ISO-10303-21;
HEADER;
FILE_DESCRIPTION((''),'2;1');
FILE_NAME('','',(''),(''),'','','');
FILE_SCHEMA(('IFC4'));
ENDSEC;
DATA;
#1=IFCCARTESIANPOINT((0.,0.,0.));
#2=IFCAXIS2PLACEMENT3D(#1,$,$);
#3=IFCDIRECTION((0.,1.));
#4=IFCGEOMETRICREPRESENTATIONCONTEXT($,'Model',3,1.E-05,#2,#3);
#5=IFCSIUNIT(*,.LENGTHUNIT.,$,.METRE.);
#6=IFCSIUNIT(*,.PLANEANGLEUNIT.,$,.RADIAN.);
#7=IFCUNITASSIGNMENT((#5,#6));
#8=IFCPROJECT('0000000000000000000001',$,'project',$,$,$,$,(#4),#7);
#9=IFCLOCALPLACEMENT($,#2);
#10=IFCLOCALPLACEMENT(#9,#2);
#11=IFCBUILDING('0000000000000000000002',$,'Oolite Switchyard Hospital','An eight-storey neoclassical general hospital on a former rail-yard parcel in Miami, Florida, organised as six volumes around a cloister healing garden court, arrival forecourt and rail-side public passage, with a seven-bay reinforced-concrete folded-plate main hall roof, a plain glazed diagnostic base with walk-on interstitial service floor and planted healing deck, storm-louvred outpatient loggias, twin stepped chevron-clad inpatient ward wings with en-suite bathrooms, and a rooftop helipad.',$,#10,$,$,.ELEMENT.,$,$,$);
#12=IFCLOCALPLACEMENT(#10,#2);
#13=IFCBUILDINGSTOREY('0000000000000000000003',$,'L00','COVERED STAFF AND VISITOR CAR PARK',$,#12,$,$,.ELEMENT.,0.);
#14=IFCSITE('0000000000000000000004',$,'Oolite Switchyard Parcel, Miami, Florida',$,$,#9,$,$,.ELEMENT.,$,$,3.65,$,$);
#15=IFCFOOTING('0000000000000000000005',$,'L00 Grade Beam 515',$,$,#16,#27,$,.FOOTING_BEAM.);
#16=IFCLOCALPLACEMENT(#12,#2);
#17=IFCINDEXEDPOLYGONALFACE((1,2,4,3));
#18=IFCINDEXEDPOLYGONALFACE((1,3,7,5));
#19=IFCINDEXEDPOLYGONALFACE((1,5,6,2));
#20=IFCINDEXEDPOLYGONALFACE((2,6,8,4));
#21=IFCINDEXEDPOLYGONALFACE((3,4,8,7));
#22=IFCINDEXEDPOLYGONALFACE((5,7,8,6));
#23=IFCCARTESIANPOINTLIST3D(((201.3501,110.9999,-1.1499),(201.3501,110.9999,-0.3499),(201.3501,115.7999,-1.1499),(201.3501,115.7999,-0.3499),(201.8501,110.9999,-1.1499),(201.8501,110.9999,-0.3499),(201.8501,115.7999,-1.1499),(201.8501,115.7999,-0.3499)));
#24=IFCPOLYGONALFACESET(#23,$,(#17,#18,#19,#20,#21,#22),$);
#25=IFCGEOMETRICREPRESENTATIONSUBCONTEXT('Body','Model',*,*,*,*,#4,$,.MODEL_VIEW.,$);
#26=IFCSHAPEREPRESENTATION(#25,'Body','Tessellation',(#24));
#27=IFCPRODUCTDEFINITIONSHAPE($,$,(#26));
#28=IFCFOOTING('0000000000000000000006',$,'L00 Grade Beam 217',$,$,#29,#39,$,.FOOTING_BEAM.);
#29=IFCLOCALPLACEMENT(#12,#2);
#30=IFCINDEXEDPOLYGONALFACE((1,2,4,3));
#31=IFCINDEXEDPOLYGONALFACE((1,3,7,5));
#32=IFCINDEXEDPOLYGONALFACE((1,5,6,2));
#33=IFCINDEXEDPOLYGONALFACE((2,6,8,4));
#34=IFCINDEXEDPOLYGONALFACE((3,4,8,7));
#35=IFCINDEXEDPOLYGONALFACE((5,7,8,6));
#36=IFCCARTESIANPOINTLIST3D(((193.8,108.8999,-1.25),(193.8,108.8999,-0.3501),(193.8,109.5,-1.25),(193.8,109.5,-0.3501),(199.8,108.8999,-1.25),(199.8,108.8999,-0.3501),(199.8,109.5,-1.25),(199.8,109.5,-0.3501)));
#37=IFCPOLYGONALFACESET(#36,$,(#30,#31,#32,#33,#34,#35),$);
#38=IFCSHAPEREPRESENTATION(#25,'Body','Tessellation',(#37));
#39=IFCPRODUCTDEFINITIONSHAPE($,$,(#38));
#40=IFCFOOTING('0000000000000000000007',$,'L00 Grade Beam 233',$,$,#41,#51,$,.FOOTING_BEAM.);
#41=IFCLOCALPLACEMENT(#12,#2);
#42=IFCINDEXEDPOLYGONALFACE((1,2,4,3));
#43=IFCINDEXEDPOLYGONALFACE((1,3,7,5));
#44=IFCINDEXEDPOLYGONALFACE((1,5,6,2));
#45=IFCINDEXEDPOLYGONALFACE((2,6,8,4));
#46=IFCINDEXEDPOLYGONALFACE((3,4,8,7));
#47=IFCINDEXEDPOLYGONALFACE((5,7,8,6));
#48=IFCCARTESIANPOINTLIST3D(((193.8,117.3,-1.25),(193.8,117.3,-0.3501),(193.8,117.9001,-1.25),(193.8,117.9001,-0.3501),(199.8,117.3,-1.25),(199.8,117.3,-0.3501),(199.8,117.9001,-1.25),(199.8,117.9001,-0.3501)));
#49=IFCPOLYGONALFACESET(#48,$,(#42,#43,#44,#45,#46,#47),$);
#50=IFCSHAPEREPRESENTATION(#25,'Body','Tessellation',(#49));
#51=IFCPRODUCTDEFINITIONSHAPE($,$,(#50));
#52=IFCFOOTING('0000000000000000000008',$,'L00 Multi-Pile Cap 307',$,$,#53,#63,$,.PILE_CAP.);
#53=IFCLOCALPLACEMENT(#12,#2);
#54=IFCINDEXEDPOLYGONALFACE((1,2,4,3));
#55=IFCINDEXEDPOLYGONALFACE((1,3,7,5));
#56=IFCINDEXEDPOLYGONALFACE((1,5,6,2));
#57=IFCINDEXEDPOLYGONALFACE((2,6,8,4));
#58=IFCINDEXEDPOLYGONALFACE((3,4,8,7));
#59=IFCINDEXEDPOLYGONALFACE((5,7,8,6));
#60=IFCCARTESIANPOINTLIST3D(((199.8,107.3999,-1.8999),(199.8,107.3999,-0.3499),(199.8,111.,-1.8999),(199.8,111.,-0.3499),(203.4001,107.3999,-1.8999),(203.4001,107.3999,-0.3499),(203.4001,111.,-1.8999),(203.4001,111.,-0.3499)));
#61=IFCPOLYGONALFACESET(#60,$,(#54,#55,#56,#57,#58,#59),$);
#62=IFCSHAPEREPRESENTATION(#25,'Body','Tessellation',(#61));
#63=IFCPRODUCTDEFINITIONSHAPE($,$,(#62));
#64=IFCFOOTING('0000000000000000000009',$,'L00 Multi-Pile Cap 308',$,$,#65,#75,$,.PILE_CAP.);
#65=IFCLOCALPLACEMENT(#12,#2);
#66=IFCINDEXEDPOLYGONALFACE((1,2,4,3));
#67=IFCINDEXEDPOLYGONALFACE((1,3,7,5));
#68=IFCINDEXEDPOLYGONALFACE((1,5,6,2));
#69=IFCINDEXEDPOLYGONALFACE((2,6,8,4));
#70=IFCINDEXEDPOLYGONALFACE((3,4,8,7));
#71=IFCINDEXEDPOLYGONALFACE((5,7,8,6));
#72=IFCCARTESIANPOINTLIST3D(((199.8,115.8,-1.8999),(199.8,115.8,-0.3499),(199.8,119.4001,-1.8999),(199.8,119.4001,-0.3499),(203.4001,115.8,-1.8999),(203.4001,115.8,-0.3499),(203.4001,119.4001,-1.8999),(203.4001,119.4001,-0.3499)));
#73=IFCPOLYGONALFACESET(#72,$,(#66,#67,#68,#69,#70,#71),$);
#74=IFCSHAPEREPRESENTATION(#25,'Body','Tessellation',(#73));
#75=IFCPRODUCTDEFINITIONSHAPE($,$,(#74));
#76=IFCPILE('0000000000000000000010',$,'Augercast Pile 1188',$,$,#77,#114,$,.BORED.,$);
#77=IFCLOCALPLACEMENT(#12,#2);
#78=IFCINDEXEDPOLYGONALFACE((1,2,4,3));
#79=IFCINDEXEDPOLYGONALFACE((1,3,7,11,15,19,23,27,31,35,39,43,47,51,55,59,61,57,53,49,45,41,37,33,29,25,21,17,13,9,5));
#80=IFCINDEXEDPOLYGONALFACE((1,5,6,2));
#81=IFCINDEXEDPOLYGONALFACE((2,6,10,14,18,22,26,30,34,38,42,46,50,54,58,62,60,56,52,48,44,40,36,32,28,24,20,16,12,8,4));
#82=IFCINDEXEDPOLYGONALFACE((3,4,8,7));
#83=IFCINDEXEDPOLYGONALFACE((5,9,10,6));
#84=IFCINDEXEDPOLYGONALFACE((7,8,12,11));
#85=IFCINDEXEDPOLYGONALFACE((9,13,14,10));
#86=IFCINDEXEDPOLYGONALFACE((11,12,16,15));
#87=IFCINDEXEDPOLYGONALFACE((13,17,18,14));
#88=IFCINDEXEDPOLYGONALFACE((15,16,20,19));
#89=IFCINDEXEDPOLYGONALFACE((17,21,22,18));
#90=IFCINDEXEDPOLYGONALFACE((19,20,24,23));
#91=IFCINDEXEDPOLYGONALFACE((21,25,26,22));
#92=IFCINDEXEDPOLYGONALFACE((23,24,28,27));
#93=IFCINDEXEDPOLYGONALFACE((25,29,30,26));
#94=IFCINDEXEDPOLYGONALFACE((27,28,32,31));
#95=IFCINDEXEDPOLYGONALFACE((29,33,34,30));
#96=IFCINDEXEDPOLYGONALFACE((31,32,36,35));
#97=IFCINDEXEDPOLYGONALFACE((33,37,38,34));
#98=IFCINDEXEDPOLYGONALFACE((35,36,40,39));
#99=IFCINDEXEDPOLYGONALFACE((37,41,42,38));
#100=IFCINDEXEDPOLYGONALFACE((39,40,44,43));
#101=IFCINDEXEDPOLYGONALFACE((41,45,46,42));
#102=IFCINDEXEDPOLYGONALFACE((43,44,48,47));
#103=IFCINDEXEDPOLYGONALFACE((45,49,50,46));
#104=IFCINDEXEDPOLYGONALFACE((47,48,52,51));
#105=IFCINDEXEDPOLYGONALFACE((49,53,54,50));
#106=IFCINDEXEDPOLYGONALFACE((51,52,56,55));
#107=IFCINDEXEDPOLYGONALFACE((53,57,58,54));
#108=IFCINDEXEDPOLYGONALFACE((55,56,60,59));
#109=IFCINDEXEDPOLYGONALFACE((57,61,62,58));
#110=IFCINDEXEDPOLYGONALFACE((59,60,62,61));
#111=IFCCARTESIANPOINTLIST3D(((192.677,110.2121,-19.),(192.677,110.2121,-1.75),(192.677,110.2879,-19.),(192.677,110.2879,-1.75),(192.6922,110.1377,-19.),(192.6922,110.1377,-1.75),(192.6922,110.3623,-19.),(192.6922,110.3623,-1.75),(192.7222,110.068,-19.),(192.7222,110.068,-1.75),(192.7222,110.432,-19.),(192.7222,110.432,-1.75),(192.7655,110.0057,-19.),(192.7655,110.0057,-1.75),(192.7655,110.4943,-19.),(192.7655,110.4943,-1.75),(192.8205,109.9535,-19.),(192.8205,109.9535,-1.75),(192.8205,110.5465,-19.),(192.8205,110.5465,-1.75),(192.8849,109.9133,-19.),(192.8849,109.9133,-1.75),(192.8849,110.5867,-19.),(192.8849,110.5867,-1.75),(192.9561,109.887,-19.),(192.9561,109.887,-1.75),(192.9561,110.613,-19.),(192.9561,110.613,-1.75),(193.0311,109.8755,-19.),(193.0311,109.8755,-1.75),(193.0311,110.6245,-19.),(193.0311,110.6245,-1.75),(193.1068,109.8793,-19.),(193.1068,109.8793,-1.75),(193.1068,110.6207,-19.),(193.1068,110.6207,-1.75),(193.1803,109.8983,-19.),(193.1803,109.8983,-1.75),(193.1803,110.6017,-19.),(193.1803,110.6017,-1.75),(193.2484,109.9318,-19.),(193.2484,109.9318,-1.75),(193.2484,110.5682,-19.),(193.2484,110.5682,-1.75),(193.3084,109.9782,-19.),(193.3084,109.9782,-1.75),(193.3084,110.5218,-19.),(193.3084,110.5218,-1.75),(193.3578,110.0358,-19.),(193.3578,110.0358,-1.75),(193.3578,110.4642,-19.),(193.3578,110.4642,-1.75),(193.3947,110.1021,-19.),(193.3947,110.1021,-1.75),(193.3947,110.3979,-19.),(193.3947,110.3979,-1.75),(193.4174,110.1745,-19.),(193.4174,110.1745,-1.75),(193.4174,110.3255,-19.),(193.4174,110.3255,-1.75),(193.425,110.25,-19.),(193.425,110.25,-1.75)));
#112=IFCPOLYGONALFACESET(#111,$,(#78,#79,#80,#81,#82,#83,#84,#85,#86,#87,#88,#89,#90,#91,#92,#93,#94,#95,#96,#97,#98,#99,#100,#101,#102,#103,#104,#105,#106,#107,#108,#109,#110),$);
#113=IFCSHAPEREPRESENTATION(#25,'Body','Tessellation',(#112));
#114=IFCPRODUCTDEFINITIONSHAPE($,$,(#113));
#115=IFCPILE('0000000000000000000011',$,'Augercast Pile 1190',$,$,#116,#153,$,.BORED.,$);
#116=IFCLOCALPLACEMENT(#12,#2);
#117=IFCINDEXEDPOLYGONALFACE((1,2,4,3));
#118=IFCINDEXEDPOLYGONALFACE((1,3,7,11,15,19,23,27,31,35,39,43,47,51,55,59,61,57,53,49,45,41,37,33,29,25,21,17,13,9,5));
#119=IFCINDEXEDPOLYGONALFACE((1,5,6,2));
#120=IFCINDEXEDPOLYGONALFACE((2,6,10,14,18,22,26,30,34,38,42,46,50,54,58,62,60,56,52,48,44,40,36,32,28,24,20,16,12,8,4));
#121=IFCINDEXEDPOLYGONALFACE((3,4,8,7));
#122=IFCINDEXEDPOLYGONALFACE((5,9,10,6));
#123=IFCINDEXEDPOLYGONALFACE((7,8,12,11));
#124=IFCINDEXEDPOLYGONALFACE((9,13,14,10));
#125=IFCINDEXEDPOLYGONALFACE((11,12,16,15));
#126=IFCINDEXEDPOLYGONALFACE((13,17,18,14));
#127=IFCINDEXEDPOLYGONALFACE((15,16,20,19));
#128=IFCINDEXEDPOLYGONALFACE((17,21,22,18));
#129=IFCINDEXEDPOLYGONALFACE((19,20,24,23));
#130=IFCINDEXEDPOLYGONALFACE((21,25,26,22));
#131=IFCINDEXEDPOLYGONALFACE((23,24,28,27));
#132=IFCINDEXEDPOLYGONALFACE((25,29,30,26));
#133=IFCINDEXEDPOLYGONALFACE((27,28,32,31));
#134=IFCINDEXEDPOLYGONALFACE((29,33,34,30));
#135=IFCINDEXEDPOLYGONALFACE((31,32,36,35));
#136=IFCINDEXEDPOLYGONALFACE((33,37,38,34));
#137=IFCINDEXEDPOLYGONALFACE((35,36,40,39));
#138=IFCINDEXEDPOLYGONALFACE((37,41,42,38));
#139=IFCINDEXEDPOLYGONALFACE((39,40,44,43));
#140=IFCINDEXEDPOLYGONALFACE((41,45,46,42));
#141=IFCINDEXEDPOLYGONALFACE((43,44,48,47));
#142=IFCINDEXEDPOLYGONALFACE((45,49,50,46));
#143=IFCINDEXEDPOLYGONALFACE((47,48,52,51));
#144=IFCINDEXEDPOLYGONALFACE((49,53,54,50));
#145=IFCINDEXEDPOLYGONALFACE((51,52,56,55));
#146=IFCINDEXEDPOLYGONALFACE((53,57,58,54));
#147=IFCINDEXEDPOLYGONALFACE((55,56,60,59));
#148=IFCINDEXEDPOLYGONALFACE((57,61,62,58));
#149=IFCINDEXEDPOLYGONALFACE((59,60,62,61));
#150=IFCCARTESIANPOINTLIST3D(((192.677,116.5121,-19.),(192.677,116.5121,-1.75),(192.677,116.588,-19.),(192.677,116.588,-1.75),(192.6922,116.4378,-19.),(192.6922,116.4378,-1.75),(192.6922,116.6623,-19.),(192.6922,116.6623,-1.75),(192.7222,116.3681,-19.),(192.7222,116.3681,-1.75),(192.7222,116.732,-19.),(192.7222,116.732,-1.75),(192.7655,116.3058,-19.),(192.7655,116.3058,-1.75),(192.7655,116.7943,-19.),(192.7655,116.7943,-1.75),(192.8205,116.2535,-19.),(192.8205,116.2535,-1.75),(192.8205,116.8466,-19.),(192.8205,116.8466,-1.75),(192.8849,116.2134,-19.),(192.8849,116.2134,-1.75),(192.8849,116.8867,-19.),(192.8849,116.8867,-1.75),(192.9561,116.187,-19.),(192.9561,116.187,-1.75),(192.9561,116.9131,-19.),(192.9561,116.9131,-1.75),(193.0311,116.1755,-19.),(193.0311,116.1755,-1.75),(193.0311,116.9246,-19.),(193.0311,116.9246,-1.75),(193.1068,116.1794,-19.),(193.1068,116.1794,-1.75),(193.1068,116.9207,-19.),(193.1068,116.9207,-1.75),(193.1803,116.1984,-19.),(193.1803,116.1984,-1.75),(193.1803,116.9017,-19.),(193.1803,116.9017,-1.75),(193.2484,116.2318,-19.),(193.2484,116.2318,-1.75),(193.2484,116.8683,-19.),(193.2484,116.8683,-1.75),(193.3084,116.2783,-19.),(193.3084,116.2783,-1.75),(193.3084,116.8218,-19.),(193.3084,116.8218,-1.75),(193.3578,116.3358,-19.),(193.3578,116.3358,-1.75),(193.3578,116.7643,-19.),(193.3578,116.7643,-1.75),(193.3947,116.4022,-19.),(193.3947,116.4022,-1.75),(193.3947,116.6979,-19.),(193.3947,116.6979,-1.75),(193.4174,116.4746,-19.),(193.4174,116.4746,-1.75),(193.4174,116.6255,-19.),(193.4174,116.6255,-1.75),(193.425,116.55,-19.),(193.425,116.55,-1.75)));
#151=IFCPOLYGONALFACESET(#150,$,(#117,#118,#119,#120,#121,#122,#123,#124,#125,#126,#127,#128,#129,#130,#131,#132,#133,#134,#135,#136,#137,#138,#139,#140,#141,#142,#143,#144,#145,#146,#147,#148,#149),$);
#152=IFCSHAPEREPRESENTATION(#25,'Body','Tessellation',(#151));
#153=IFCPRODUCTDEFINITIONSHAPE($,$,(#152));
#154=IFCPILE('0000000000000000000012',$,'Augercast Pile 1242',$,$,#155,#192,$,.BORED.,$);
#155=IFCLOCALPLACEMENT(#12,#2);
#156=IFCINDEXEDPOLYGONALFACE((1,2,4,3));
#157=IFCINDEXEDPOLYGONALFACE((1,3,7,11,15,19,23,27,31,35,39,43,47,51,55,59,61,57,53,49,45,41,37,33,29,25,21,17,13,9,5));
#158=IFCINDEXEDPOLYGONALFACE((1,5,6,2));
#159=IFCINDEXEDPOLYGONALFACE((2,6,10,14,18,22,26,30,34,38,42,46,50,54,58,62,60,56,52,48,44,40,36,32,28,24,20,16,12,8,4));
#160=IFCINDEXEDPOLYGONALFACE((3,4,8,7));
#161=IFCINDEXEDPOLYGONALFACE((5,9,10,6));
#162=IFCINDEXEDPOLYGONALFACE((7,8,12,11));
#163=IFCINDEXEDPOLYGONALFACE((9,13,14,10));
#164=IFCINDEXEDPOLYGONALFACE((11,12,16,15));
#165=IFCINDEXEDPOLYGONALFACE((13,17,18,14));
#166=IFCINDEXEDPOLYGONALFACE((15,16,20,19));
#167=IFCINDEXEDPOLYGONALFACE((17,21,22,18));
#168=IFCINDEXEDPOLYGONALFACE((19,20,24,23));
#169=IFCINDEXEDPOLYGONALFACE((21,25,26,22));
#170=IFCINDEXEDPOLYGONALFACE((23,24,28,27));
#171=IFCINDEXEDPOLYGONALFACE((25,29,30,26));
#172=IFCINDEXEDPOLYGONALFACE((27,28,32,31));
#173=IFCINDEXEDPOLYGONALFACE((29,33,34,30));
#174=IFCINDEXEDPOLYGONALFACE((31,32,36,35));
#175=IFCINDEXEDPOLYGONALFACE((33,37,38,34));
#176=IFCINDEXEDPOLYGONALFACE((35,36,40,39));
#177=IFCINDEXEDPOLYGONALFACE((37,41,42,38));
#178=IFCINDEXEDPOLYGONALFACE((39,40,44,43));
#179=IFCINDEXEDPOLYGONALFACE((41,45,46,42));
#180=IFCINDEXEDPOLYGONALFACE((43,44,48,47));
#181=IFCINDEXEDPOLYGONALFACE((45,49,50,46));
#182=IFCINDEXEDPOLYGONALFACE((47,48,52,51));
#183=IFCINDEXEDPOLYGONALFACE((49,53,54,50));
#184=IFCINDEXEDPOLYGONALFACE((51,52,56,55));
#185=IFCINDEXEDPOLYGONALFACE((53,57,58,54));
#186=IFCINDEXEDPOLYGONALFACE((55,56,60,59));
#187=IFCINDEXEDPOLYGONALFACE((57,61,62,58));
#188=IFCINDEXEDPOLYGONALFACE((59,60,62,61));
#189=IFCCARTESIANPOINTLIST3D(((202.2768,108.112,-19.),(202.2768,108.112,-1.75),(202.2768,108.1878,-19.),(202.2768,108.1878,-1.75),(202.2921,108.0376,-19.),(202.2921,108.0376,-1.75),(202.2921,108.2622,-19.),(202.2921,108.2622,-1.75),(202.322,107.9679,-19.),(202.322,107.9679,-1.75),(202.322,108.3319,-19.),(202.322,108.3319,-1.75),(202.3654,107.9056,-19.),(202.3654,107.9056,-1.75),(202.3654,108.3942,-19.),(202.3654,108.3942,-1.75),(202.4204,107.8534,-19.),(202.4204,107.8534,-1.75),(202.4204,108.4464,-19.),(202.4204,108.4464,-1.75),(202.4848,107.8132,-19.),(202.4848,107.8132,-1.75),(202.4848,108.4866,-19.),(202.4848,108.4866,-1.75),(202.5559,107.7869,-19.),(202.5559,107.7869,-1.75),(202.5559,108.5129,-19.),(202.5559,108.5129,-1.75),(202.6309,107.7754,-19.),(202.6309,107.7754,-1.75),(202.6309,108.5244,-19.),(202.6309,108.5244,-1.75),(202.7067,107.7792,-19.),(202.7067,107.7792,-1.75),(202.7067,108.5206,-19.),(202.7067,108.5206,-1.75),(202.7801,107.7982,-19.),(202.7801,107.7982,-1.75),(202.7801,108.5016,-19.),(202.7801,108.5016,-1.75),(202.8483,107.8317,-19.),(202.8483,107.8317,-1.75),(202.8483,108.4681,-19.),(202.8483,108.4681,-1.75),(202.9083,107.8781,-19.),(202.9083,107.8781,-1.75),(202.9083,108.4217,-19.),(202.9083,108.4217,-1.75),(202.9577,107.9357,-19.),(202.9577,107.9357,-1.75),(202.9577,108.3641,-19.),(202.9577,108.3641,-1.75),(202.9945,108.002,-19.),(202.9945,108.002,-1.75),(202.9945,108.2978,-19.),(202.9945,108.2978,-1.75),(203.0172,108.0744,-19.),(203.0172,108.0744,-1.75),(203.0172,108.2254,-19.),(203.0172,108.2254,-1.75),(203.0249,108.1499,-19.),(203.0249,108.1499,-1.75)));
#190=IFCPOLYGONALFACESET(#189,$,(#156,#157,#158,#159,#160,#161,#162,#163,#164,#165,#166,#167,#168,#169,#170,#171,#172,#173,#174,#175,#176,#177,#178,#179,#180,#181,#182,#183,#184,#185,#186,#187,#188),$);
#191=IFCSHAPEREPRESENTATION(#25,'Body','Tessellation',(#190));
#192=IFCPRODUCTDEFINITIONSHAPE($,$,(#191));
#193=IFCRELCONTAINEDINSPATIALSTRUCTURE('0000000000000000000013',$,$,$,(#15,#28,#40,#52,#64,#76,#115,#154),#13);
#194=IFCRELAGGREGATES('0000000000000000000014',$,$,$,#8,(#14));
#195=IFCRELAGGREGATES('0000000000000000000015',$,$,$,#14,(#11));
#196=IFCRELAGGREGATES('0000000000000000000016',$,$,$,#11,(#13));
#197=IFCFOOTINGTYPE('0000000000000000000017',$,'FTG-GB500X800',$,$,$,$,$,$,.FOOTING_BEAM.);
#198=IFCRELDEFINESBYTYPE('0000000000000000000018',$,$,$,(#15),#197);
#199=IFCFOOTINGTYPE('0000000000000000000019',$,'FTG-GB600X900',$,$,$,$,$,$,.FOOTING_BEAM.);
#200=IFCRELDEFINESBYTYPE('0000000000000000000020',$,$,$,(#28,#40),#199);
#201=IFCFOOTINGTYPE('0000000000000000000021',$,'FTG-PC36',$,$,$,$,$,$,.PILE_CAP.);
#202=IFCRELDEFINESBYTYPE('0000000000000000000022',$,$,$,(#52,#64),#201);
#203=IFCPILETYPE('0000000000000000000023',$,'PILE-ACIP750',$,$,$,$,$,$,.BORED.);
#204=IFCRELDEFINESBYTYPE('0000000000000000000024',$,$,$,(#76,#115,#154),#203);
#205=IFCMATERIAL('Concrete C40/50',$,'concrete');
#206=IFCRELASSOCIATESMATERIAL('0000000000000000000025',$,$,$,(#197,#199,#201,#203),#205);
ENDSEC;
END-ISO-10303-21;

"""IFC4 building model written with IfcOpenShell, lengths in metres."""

from ifc_helpers import new_model, si_unit, direction, frame, origin, origin_2d, place, context, subcontext, project, spatial, rectangle, circle, extrude, material, material_profile, profile_set, type_object, element, save


model = new_model("IFC4")

# Units and contexts
model_context = context("Model", 3, precision=1e-05, world=origin(), true_north=direction((0.0, 1.0)))
body_context = subcontext(model_context, "Body", "Model", "MODEL_VIEW")
ifc_project = project(units=[si_unit("LENGTHUNIT", "METRE"), si_unit("PLANEANGLEUNIT", "RADIAN")], contexts=[model_context])

# Site, building, storey
site_placement = place(None, origin())
site = spatial("IfcSite", under=ifc_project, at=site_placement, Name="Oolite Switchyard Parcel, Miami, Florida", CompositionType="ELEMENT", RefElevation=3.65)
building_placement = place(site_placement, origin())
building = spatial("IfcBuilding", under=site, at=building_placement, Name="Oolite Switchyard Hospital", Description="An eight-storey neoclassical general hospital on a former rail-yard parcel in Miami, Florida, organised as six volumes around a cloister healing garden court, arrival forecourt and rail-side public passage, with a seven-bay reinforced-concrete folded-plate main hall roof, a plain glazed diagnostic base with walk-on interstitial service floor and planted healing deck, storm-louvred outpatient loggias, twin stepped chevron-clad inpatient ward wings with en-suite bathrooms, and a rooftop helipad.", CompositionType="ELEMENT")
storey_placement = place(building_placement, origin())
storey = spatial("IfcBuildingStorey", under=building, at=storey_placement, Name="L00", Description="COVERED STAFF AND VISITOR CAR PARK", CompositionType="ELEMENT", Elevation=0.0)

# Footings
ifc_material_1 = material(Name="Concrete C40/50", Category="concrete")
footing_type_1 = type_object("IfcFootingType", Name="FTG-GB500X800", PredefinedType="FOOTING_BEAM", material=ifc_material_1)
footing_placement = place(storey_placement, frame((201.6001, 113.3999, -1.1499), z_axis=(0.0, 0.0, 1.0), x_axis=(0.0, 1.0, 0.0)))
element("IfcFooting", 1, at=footing_placement, inside=storey, type_object=footing_type_1, Name="L00 Grade Beam 515", PredefinedType="FOOTING_BEAM", context=body_context, shape_type="SweptSolid", body=[
    extrude(rectangle(XDim=4.8, YDim=0.5, at=origin_2d()), origin(), (0.0, 0.0, 1.0), 0.8),
])
footing_type_2 = type_object("IfcFootingType", Name="FTG-GB600X900", PredefinedType="FOOTING_BEAM", material=ifc_material_1)
for number, where, z_axis, x_axis, name in (
    (2, (196.8, 109.2, -1.25), (0.0, 0.0, 1.0), (1.0, 0.0, 0.0), "L00 Grade Beam 217"),
    (3, (196.8, 117.6001, -1.25), (0.0, 0.0, 1.0), (1.0, 0.0, 0.0), "L00 Grade Beam 233"),
):
    element("IfcFooting", number, at=place(storey_placement, frame(where, z_axis=z_axis, x_axis=x_axis)), inside=storey, type_object=footing_type_2, Name=name, PredefinedType="FOOTING_BEAM", context=body_context, shape_type="SweptSolid", body=[
        extrude(rectangle(XDim=6.0, YDim=0.6001, at=origin_2d()), origin(), (0.0, 0.0, 1.0), 0.8999),
    ])
footing_type_3 = type_object("IfcFootingType", Name="FTG-PC36", PredefinedType="PILE_CAP", material=ifc_material_1)
for number, where, z_axis, x_axis, name in (
    (4, (201.6001, 109.2, -1.8999), (0.0, 0.0, 1.0), (1.0, 0.0, 0.0), "L00 Multi-Pile Cap 307"),
    (5, (201.6001, 117.6001, -1.8999), (0.0, 0.0, 1.0), (1.0, 0.0, 0.0), "L00 Multi-Pile Cap 308"),
):
    element("IfcFooting", number, at=place(storey_placement, frame(where, z_axis=z_axis, x_axis=x_axis)), inside=storey, type_object=footing_type_3, Name=name, PredefinedType="PILE_CAP", context=body_context, shape_type="SweptSolid", body=[
        extrude(rectangle(XDim=3.6001, YDim=3.6001, at=origin_2d()), origin(), (0.0, 0.0, 1.0), 1.55),
    ])

# Piles
ifc_material_profile_1 = material_profile(ifc_material_1, circle(Radius=0.375, at=origin_2d()), Name="PILE750")
ifc_profile_set_1 = profile_set([ifc_material_profile_1], Name="Concrete C40/50")
pile_type = type_object("IfcPileType", Name="PILE-ACIP750", PredefinedType="BORED", material=ifc_profile_set_1)
for number, where, z_axis, x_axis, name in (
    (6, (193.05, 110.25, -1.75), (0.0, 0.0, -1.0), (1.0, 0.0, 0.0), "Augercast Pile 1188"),
    (7, (193.05, 116.55, -1.75), (0.0, 0.0, -1.0), (1.0, 0.0, 0.0), "Augercast Pile 1190"),
    (8, (202.6499, 108.1499, -1.75), (0.0, 0.0, -1.0), (1.0, 0.0, 0.0), "Augercast Pile 1242"),
):
    element("IfcPile", number, at=place(storey_placement, frame(where, z_axis=z_axis, x_axis=x_axis)), inside=storey, type_object=pile_type, Name=name, PredefinedType="BORED", context=body_context, shape_type="SweptSolid", body=[
        extrude(circle(Radius=0.375, at=origin_2d()), origin(), (0.0, 0.0, 1.0), 17.25),
    ])

save(model, "model.ifc")
